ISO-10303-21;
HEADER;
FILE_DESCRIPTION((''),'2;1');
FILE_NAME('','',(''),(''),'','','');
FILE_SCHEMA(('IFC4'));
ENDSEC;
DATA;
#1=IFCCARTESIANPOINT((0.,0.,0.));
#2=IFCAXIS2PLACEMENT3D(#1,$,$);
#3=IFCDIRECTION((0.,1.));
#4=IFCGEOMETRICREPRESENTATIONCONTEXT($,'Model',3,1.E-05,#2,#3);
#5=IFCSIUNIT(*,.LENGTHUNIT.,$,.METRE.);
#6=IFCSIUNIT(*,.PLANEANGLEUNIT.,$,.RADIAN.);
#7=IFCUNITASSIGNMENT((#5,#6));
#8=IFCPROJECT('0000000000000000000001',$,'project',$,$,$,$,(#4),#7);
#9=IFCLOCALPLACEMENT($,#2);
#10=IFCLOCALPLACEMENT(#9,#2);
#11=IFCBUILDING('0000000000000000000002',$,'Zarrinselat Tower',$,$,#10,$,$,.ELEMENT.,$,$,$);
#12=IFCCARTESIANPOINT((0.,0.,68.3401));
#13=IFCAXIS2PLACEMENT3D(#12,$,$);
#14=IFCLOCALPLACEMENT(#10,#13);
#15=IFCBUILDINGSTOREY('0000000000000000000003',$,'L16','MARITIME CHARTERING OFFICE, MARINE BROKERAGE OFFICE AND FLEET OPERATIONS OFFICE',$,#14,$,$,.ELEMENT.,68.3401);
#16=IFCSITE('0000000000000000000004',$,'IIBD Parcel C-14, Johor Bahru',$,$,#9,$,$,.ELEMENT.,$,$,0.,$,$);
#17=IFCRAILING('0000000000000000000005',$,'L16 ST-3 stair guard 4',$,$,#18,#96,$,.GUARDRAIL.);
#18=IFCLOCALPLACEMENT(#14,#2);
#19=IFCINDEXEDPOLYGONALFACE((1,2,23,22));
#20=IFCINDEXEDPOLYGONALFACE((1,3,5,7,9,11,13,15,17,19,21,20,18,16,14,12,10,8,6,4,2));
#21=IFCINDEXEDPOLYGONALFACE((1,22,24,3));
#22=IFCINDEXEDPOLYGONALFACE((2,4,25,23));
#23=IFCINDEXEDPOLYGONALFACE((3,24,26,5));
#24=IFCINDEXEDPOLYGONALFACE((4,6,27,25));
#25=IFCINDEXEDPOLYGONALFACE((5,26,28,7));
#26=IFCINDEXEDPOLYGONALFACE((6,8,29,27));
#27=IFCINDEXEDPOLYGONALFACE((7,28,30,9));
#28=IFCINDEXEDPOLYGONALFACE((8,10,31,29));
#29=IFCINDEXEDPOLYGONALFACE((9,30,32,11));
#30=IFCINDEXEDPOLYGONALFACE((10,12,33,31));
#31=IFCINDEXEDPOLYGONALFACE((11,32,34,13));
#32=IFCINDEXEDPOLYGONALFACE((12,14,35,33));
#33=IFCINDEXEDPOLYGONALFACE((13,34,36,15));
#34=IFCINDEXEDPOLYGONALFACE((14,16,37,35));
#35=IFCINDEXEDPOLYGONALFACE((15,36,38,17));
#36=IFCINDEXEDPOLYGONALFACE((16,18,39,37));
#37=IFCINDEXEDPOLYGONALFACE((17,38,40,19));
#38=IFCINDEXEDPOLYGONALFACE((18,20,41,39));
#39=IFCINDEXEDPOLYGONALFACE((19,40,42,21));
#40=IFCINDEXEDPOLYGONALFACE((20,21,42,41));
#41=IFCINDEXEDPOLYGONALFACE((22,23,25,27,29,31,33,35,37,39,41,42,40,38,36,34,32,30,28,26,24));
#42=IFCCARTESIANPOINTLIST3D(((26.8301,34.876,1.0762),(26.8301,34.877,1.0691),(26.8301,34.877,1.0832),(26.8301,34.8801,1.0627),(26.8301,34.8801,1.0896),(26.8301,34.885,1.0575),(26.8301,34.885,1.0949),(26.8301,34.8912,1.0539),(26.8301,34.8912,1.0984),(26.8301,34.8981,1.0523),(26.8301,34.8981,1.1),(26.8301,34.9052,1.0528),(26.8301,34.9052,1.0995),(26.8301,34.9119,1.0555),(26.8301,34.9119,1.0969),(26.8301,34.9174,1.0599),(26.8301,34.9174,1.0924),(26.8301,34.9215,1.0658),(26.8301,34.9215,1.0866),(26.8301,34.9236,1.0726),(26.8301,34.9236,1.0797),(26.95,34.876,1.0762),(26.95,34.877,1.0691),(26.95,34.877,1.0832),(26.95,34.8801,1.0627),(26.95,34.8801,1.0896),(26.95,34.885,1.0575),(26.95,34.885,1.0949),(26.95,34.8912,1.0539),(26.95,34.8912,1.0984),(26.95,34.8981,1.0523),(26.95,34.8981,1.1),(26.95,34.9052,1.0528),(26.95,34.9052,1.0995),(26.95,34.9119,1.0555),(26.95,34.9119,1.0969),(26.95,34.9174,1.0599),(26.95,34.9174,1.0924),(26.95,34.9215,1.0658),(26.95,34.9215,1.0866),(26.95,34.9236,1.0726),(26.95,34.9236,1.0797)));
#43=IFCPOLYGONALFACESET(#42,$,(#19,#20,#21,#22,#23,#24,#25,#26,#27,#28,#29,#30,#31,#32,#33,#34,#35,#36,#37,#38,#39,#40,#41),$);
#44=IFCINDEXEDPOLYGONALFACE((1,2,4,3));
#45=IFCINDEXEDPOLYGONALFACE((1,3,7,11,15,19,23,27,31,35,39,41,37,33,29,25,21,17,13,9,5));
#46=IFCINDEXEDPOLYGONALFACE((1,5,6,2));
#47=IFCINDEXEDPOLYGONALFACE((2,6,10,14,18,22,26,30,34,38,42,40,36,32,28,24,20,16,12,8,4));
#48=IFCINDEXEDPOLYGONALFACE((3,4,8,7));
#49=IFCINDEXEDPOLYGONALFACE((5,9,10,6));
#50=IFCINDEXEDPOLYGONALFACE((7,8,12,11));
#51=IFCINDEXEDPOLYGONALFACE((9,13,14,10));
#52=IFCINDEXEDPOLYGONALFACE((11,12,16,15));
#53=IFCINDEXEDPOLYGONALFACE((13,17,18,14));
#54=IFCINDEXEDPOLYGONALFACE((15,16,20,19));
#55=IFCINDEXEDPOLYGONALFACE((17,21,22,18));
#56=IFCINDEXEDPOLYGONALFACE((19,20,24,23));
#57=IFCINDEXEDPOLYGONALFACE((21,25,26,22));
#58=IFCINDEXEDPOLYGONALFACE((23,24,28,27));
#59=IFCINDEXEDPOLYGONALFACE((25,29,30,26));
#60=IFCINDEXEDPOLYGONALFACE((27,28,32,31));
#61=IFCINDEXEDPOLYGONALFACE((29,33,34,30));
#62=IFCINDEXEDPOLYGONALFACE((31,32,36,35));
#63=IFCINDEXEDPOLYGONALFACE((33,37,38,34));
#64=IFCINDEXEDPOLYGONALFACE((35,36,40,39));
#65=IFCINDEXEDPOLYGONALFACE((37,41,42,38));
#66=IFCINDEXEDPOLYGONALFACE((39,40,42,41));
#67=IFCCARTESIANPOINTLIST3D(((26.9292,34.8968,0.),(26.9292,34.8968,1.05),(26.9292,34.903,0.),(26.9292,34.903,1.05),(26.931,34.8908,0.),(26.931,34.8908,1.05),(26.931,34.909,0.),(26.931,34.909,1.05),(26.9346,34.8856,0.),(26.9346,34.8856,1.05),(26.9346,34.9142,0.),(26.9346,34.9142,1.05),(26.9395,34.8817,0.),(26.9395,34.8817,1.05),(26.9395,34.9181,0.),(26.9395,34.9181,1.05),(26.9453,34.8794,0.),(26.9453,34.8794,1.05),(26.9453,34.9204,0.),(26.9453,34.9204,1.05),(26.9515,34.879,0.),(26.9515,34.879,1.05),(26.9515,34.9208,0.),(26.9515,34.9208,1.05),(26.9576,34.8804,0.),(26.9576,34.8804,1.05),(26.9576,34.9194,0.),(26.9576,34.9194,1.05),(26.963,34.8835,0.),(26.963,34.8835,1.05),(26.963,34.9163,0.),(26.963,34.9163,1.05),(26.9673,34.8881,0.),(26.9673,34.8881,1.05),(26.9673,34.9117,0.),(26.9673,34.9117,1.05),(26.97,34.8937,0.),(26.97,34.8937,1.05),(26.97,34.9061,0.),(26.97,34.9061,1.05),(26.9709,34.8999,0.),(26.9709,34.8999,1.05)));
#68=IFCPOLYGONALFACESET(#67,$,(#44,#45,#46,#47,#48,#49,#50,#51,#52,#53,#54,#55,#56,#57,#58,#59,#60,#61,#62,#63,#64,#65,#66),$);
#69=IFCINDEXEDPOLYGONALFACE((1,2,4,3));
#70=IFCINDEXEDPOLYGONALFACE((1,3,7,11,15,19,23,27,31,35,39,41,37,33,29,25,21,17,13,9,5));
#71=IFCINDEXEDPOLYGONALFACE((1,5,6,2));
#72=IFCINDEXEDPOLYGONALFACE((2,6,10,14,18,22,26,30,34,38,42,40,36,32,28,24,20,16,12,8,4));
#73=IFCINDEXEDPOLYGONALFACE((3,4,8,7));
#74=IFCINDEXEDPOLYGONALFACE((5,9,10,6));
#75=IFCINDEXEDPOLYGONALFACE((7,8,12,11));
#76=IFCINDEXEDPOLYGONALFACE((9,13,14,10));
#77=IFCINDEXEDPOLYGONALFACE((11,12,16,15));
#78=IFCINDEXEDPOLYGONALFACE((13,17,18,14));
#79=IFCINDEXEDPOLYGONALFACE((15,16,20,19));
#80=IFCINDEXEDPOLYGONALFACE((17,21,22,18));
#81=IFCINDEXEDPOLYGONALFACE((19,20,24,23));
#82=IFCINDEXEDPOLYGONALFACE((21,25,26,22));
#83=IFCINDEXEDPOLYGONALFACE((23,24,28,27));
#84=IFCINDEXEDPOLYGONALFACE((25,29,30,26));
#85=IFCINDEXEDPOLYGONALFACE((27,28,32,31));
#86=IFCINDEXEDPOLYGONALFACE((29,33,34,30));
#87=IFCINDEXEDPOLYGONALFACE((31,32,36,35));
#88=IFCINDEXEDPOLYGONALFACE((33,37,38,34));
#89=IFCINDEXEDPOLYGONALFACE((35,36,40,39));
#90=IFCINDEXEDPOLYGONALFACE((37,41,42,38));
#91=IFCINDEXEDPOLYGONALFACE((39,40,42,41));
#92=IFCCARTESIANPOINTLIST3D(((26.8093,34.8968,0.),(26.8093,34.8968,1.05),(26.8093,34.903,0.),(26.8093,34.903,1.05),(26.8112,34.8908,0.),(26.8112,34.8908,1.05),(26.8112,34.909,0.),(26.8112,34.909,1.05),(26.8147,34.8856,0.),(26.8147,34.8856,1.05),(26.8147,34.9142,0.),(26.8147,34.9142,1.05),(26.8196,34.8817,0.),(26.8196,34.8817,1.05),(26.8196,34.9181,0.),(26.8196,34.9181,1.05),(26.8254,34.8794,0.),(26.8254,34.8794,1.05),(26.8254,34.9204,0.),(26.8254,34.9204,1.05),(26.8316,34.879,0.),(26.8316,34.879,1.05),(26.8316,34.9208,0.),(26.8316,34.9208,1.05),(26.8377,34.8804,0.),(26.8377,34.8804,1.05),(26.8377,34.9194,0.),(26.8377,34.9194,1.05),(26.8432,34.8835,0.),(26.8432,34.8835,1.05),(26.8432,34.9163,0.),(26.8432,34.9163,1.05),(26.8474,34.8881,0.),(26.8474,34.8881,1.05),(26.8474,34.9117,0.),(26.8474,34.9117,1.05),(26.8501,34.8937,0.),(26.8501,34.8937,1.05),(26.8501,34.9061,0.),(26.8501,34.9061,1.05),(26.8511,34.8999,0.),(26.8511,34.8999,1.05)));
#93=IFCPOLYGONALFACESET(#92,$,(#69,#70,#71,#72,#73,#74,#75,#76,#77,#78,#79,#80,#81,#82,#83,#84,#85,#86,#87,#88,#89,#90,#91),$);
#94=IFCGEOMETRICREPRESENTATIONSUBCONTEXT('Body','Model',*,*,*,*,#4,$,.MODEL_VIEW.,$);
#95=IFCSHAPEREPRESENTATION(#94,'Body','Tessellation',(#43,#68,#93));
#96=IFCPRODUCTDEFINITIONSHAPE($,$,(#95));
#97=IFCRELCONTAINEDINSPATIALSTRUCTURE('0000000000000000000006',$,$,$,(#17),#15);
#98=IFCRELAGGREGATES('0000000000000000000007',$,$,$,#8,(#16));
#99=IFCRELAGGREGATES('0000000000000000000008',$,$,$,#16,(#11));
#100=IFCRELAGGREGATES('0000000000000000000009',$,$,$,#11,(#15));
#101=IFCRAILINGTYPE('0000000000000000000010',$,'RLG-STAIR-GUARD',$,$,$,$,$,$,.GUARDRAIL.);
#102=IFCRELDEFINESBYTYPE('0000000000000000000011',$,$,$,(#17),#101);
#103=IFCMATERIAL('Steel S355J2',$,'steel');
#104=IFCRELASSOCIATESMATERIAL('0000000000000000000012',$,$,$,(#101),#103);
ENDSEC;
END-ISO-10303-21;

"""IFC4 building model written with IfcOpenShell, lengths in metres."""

from ifc_helpers import new_model, si_unit, direction, frame, origin, origin_2d, place, context, subcontext, project, spatial, circle, extrude, material, type_object, element, save


model = new_model("IFC4")

# Units and contexts
model_context = context("Model", 3, precision=1e-05, world=origin(), true_north=direction((0.0, 1.0)))
body_context = subcontext(model_context, "Body", "Model", "MODEL_VIEW")
ifc_project = project(units=[si_unit("LENGTHUNIT", "METRE"), si_unit("PLANEANGLEUNIT", "RADIAN")], contexts=[model_context])

# Site, building, storey
site_placement = place(None, origin())
site = spatial("IfcSite", under=ifc_project, at=site_placement, Name="IIBD Parcel C-14, Johor Bahru", CompositionType="ELEMENT", RefElevation=0.0)
building_placement = place(site_placement, origin())
building = spatial("IfcBuilding", under=site, at=building_placement, Name="Zarrinselat Tower", CompositionType="ELEMENT")
storey_placement = place(building_placement, frame((0.0, 0.0, 68.3401)))
storey = spatial("IfcBuildingStorey", under=building, at=storey_placement, Name="L16", Description="MARITIME CHARTERING OFFICE, MARINE BROKERAGE OFFICE AND FLEET OPERATIONS OFFICE", CompositionType="ELEMENT", Elevation=68.3401)

# Railing
ifc_material_1 = material(Name="Steel S355J2", Category="steel")
railing_type = type_object("IfcRailingType", Name="RLG-STAIR-GUARD", PredefinedType="GUARDRAIL", material=ifc_material_1)
railing_1_placement = place(storey_placement, frame((26.95, 34.8999, 0.0)))
element("IfcRailing", 1, at=railing_1_placement, inside=storey, type_object=railing_type, Name="L16 ST-3 stair guard 4", PredefinedType="GUARDRAIL", context=body_context, shape_type="SweptSolid", body=[
    extrude(circle(Radius=0.0239, at=origin_2d()), frame((0.0, 0.0, 1.0762), z_axis=(-1.0, 0.0, 0.0), x_axis=(0.0, -1.0, 0.0)), (0.0, 0.0, 1.0), 0.1199),
    extrude(circle(Radius=0.021, at=origin_2d()), origin(), (0.0, 0.0, 1.0), 1.05),
    extrude(circle(Radius=0.021, at=origin_2d()), frame((-0.1199, 0.0, 0.0)), (0.0, 0.0, 1.0), 1.05),
])

save(model, "model.ifc")
